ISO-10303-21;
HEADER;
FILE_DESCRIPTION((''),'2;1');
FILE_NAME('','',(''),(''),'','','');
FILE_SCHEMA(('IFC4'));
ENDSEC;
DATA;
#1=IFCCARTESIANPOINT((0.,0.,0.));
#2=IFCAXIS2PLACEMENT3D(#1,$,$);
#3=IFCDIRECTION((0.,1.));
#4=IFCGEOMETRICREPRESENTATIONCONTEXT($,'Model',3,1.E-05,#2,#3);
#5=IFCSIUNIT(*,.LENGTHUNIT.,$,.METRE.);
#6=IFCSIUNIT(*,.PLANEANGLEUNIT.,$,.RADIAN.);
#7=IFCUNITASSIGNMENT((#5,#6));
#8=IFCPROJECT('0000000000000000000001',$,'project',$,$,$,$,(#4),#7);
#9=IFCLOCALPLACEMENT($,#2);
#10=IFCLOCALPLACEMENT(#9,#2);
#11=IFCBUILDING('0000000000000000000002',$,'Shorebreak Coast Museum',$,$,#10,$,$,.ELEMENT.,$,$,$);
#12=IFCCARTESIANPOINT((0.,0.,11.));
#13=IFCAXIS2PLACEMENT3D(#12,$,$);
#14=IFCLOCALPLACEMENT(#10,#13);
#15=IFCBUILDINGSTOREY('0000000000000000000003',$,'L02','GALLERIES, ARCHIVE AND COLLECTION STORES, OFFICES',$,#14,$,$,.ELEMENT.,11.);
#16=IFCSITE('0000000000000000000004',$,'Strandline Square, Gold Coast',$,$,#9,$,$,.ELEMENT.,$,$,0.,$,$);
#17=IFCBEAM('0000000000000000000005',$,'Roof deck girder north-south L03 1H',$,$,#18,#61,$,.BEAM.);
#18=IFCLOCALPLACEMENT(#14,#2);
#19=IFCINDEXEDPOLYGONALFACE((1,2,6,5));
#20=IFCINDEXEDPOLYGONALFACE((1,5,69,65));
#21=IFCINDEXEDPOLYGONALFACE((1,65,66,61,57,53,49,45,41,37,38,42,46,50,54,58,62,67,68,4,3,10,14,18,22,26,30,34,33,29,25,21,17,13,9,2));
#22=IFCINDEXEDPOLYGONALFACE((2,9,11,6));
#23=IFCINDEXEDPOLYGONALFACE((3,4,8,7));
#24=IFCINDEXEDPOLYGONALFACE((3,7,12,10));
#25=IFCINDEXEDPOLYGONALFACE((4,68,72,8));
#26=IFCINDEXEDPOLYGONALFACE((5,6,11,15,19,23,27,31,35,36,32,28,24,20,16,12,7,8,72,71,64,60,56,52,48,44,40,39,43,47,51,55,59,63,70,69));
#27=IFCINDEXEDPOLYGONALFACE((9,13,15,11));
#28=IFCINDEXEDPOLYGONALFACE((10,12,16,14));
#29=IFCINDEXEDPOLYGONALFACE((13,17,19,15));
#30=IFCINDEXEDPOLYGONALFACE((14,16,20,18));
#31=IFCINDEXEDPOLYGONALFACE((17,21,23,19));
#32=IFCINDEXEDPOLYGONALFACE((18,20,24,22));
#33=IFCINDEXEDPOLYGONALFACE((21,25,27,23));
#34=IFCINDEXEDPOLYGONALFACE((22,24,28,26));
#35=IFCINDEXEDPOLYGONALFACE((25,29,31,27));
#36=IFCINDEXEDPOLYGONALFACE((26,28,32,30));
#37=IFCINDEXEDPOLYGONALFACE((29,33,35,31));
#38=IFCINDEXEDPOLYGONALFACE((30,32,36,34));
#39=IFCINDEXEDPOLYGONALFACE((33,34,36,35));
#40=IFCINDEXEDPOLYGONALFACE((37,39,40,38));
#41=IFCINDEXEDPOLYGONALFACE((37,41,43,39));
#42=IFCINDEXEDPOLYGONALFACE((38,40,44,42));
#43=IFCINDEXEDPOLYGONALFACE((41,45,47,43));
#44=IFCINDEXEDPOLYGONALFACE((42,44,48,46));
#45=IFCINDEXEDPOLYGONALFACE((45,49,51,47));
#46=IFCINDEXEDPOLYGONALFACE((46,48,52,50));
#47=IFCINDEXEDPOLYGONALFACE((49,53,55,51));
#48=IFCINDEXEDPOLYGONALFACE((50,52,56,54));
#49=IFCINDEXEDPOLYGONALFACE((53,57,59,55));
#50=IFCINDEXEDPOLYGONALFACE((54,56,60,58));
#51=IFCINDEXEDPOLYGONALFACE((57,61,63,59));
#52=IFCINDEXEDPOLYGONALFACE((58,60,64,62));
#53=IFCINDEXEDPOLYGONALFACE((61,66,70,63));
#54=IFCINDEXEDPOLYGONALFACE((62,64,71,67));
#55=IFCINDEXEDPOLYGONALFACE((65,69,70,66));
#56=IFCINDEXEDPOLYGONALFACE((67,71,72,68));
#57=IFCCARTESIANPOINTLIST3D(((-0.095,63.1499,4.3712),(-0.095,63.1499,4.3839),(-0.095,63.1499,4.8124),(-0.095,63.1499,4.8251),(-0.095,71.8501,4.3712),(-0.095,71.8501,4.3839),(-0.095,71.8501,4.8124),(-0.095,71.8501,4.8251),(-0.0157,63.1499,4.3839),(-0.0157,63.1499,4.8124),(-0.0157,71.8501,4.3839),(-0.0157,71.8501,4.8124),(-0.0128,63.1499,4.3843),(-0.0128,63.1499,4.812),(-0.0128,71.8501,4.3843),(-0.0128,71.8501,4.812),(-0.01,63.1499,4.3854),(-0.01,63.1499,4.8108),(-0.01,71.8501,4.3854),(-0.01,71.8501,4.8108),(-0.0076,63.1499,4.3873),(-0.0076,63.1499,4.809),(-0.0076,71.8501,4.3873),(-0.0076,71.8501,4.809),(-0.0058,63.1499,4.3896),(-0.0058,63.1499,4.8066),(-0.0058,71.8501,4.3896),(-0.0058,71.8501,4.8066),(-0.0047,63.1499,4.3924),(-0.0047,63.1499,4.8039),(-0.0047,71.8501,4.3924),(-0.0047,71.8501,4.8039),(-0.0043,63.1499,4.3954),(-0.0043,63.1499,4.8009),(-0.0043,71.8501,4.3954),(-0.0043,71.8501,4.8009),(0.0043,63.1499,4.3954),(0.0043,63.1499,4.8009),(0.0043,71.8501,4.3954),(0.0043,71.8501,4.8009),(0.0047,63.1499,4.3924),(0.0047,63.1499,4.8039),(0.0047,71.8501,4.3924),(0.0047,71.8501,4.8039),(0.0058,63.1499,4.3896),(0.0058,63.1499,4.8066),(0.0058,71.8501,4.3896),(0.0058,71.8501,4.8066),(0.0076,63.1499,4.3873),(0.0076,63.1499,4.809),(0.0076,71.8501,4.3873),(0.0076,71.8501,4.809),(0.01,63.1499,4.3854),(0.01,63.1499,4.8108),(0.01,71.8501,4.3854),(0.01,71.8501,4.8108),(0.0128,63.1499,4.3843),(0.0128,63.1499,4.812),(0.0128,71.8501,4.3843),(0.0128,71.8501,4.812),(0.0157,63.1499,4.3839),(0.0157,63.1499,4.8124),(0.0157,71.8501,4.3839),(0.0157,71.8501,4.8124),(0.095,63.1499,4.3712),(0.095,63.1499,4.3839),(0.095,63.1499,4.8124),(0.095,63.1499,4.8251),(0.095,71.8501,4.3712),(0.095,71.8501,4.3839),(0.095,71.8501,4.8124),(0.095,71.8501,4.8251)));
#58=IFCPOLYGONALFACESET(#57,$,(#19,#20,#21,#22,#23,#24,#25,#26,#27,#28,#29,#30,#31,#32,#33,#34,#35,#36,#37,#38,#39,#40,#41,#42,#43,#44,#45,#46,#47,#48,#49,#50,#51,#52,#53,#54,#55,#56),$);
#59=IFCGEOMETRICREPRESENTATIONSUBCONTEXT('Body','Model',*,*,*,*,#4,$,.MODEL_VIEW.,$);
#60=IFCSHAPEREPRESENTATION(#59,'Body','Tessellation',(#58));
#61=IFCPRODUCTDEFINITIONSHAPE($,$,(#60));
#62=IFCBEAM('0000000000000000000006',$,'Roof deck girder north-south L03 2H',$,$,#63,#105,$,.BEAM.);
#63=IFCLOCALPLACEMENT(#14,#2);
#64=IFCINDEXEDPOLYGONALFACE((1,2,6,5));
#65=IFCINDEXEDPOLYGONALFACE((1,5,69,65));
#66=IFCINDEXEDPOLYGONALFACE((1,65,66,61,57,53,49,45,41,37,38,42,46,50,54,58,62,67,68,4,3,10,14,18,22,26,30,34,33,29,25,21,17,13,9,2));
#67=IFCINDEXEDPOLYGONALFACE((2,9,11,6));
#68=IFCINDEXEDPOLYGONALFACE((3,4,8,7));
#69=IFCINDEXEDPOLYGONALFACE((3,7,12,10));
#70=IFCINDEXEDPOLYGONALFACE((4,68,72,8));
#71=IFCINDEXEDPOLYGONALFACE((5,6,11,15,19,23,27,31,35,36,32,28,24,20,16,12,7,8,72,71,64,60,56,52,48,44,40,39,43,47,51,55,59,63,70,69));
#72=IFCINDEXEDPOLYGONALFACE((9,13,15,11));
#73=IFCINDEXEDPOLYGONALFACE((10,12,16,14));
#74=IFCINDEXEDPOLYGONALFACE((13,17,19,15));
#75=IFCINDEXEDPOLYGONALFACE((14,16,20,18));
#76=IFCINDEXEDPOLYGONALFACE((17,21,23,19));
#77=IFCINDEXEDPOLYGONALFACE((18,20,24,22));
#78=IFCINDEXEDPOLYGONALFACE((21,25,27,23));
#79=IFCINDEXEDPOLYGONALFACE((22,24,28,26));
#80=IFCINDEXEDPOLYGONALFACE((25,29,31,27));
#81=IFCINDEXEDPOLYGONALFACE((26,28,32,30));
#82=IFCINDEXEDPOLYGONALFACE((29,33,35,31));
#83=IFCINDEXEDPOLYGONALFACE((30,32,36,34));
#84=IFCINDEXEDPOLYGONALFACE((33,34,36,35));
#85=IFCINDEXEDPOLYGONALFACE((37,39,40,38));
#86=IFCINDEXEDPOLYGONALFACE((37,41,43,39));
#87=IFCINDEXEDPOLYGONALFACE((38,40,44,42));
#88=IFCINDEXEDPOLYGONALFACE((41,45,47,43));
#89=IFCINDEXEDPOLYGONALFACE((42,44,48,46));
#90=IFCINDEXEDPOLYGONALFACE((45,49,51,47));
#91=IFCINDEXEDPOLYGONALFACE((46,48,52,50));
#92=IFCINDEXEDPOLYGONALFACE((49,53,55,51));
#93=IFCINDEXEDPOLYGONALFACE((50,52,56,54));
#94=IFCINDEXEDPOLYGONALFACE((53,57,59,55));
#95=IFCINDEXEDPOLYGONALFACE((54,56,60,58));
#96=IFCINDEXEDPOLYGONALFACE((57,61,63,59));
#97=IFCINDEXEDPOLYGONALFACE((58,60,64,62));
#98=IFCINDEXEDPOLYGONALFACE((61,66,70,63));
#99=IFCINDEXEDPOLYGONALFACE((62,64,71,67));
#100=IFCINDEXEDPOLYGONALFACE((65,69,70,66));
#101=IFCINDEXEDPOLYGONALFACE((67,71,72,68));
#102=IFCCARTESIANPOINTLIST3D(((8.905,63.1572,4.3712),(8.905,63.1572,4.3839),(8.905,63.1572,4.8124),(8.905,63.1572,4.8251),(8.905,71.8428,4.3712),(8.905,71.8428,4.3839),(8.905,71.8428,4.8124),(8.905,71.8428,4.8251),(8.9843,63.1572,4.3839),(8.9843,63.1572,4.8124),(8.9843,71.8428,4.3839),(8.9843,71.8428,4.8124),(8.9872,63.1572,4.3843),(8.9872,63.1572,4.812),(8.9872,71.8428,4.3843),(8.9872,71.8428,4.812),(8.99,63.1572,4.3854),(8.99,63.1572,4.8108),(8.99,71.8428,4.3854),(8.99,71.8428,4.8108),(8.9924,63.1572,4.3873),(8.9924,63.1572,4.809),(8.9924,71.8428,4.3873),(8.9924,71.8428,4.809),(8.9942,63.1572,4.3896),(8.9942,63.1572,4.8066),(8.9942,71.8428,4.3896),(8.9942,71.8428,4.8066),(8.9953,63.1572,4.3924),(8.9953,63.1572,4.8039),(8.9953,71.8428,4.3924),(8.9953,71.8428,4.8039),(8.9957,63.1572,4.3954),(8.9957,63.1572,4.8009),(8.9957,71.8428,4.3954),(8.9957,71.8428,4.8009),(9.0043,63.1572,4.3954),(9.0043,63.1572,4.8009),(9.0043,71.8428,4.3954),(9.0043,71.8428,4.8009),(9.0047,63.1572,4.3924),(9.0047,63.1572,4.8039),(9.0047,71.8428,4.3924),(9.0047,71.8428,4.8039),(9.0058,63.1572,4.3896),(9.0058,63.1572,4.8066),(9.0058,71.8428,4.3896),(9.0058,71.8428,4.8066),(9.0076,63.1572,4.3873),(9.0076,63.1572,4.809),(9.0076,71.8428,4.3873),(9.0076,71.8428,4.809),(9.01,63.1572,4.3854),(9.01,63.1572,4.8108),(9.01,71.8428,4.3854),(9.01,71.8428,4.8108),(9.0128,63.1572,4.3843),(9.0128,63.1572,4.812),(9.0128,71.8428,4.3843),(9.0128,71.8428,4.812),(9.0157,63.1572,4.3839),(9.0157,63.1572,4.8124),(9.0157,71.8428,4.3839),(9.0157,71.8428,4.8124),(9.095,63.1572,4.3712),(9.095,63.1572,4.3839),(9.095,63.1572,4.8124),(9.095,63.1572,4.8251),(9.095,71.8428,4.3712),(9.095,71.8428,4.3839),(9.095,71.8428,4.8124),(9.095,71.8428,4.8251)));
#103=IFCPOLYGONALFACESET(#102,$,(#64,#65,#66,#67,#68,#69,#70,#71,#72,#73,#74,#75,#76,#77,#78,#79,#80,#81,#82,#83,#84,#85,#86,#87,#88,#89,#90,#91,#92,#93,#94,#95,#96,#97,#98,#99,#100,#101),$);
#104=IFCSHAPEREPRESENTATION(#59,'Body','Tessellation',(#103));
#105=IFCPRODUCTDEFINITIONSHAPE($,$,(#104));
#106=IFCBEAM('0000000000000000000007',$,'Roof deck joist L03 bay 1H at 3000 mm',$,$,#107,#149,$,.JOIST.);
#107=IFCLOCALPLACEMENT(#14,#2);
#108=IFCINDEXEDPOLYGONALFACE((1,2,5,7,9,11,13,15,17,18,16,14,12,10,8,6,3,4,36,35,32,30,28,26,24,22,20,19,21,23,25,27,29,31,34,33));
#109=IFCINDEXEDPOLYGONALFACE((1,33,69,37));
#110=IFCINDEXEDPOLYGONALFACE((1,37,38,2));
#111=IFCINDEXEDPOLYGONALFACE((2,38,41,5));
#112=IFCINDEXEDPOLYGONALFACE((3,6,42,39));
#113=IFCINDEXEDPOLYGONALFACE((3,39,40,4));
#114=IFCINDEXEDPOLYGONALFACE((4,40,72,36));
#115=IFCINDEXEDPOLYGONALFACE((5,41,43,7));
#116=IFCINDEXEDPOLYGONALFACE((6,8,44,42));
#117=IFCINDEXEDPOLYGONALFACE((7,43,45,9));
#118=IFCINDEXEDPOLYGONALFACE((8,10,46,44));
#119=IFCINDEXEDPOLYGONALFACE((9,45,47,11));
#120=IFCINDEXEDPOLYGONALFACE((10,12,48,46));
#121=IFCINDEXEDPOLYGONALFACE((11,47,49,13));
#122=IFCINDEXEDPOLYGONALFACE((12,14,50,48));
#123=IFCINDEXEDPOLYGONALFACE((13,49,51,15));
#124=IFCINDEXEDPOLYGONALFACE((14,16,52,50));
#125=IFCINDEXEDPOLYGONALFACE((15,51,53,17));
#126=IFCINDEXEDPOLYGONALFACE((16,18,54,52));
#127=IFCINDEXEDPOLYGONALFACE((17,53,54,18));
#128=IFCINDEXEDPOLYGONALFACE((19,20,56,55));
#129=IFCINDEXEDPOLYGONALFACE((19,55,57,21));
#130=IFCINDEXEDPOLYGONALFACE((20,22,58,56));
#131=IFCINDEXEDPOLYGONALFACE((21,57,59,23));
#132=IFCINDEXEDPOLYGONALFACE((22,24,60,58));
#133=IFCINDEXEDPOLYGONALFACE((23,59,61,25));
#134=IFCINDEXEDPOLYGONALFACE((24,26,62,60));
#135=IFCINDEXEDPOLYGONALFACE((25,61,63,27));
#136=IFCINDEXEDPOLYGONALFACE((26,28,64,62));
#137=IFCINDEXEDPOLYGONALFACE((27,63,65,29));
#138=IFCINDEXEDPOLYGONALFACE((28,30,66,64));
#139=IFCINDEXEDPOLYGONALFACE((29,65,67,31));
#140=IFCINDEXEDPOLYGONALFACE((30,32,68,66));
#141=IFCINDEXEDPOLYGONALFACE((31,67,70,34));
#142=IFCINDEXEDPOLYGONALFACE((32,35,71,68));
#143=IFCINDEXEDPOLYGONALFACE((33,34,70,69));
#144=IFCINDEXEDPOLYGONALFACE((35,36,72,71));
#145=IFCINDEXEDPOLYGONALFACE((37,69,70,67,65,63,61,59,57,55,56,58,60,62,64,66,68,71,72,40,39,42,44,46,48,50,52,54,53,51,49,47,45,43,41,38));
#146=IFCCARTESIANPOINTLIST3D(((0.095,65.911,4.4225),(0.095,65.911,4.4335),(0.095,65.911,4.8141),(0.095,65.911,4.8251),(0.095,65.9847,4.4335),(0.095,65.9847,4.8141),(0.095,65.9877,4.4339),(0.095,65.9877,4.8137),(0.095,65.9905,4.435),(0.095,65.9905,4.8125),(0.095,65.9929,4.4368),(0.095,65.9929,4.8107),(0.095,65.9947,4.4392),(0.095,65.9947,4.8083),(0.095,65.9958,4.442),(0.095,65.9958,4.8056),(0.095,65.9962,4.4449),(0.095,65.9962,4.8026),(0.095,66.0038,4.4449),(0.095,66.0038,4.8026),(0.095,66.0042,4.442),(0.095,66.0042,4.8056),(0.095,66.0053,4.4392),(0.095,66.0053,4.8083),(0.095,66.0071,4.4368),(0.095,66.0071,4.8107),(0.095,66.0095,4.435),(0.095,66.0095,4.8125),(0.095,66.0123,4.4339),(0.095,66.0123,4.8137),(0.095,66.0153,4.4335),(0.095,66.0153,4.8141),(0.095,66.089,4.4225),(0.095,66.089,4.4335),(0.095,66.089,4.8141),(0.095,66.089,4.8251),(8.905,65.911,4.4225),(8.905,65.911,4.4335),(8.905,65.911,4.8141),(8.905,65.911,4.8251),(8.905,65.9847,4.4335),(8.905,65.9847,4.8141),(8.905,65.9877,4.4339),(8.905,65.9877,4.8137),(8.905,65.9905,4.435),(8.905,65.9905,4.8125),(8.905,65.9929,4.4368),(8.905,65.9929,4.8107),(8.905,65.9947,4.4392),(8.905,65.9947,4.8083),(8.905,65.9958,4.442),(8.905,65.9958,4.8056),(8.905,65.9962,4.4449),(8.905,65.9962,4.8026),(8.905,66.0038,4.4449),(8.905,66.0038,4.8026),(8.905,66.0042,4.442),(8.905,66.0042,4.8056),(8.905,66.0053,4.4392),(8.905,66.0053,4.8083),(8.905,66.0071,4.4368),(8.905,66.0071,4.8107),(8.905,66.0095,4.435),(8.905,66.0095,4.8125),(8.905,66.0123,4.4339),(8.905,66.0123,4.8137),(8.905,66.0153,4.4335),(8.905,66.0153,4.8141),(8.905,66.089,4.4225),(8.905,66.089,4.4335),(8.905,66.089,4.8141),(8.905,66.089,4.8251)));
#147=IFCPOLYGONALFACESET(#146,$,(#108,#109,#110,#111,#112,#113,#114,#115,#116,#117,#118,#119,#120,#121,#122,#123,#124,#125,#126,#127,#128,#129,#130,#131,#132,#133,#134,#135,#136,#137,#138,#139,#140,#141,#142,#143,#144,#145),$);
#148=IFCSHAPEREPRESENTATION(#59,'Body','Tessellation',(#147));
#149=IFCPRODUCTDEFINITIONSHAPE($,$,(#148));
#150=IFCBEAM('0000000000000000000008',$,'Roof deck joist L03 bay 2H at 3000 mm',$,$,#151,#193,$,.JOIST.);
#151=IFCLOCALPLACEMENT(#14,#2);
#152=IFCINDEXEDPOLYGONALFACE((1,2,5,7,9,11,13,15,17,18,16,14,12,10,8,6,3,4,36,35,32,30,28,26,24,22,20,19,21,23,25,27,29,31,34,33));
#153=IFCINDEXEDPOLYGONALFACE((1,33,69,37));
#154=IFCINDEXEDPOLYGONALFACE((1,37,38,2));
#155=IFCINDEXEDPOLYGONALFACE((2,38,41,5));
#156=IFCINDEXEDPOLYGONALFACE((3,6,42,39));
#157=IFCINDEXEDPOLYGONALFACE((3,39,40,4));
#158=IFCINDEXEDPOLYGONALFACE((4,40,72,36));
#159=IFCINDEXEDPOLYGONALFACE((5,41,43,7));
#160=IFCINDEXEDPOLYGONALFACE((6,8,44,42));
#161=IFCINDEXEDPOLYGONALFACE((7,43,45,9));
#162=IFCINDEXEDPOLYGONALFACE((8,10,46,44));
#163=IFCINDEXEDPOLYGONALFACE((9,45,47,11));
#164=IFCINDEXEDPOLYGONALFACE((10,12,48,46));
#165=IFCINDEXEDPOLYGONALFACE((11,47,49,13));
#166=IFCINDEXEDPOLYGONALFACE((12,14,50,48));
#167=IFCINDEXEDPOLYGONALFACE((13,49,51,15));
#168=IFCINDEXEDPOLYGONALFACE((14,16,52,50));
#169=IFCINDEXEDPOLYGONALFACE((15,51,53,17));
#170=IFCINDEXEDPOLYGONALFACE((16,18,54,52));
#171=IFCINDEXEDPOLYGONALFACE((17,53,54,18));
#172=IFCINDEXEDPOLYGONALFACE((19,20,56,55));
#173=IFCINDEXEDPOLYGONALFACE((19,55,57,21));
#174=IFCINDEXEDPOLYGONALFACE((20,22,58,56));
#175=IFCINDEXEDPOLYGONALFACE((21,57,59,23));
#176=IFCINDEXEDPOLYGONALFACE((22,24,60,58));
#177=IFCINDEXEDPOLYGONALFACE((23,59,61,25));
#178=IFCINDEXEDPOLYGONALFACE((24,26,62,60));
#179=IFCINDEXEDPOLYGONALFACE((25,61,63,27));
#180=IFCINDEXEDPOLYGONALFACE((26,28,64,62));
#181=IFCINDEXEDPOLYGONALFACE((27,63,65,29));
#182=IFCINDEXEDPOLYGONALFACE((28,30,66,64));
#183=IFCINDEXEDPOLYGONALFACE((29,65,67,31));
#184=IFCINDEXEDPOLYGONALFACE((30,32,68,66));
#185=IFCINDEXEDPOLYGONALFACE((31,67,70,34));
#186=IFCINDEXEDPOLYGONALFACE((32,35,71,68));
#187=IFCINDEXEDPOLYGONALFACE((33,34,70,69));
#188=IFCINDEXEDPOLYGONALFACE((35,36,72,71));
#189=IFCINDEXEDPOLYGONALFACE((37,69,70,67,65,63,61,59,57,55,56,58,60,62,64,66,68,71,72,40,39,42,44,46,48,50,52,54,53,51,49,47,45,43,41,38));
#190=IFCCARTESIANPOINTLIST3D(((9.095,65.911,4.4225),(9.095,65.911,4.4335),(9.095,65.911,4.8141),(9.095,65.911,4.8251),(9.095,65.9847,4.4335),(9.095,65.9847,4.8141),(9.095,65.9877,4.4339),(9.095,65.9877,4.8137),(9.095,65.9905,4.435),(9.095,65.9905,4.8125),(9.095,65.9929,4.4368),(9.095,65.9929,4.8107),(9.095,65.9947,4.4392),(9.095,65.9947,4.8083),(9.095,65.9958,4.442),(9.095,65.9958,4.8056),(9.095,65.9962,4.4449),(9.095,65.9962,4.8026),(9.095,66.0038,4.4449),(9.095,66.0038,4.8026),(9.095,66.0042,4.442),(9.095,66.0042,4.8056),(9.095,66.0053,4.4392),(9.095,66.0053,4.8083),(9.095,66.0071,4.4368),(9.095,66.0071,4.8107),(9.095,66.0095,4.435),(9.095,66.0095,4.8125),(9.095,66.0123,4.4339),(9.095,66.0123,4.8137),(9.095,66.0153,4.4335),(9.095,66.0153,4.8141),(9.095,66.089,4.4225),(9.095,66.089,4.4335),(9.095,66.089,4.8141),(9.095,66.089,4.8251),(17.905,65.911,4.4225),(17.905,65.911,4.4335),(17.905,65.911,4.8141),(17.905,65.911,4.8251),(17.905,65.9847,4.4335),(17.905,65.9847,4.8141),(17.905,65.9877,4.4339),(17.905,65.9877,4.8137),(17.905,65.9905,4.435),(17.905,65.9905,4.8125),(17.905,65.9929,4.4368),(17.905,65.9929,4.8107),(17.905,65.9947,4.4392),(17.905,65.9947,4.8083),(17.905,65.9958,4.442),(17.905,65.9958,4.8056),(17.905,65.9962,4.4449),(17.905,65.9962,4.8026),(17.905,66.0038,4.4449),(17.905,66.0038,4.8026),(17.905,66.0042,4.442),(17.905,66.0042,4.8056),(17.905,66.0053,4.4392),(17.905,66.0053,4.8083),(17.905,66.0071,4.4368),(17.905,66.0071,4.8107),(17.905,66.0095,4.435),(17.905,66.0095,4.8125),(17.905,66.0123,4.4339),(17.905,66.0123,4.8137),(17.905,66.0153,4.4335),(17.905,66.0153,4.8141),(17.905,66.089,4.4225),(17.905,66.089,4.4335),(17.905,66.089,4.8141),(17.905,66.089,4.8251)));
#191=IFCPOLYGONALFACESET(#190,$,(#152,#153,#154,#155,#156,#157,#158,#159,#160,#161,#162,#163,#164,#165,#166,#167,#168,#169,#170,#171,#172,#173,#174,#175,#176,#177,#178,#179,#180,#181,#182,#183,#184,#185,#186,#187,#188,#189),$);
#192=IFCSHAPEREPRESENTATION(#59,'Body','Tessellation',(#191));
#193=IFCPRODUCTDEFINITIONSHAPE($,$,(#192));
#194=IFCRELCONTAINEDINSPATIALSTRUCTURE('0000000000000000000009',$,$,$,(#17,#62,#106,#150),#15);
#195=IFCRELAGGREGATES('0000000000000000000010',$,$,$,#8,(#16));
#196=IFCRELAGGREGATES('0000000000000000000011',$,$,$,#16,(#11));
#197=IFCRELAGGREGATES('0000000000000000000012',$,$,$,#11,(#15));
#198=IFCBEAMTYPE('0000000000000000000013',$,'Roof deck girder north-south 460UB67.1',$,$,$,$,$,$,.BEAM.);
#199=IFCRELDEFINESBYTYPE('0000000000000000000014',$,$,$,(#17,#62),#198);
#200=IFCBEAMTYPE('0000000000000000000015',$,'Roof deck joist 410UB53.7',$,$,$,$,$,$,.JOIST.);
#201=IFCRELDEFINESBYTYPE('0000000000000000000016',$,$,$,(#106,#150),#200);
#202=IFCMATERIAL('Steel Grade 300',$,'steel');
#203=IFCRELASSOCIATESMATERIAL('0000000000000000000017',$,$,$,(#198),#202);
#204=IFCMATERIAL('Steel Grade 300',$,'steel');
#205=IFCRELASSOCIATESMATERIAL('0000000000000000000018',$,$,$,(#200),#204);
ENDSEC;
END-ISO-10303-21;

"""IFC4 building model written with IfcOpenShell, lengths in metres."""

from ifc_helpers import new_model, si_unit, direction, frame, origin, origin_2d, place, context, subcontext, project, spatial, i_section, extrude, material, material_profile, profile_set, type_object, element, save


model = new_model("IFC4")

# Units and contexts
model_context = context("Model", 3, precision=1e-05, world=origin(), true_north=direction((0.0, 1.0)))
body_context = subcontext(model_context, "Body", "Model", "MODEL_VIEW")
ifc_project = project(units=[si_unit("LENGTHUNIT", "METRE"), si_unit("PLANEANGLEUNIT", "RADIAN")], contexts=[model_context])

# Site, building, storey
site_placement = place(None, origin())
site = spatial("IfcSite", under=ifc_project, at=site_placement, Name="Strandline Square, Gold Coast", CompositionType="ELEMENT", RefElevation=0.0)
building_placement = place(site_placement, origin())
building = spatial("IfcBuilding", under=site, at=building_placement, Name="Shorebreak Coast Museum", CompositionType="ELEMENT")
storey_placement = place(building_placement, frame((0.0, 0.0, 11.0)))
storey = spatial("IfcBuildingStorey", under=building, at=storey_placement, Name="L02", Description="GALLERIES, ARCHIVE AND COLLECTION STORES, OFFICES", CompositionType="ELEMENT", Elevation=11.0)

# Beams
ifc_material_1 = material(Name="Steel Grade 300", Category="steel")
ifc_material_profile_1 = material_profile(ifc_material_1, i_section(OverallWidth=0.1899, OverallDepth=0.4539, WebThickness=0.0085, FlangeThickness=0.0127, FilletRadius=0.0115, at=origin_2d()), Name="460UB67.1")
ifc_profile_set_1 = profile_set([ifc_material_profile_1], Name="Steel Grade 300")
beam_type_1 = type_object("IfcBeamType", Name="Roof deck girder north-south 460UB67.1", PredefinedType="BEAM", material=ifc_profile_set_1)
beam_1_placement = place(storey_placement, frame((0.0, 63.1499, 4.5981), z_axis=(0.0, 1.0, 0.0), x_axis=(-1.0, 0.0, 0.0)))
element("IfcBeam", 1, at=beam_1_placement, inside=storey, type_object=beam_type_1, Name="Roof deck girder north-south L03 1H", PredefinedType="BEAM", context=body_context, shape_type="SweptSolid", body=[
    extrude(i_section(OverallWidth=0.1899, OverallDepth=0.4539, WebThickness=0.0085, FlangeThickness=0.0127, FilletRadius=0.0115, at=origin_2d()), origin(), (0.0, 0.0, 1.0), 8.7002),
])
beam_2_placement = place(storey_placement, frame((9.0, 63.1572, 4.5981), z_axis=(0.0, 1.0, 0.0), x_axis=(-1.0, 0.0, 0.0)))
element("IfcBeam", 2, at=beam_2_placement, inside=storey, type_object=beam_type_1, Name="Roof deck girder north-south L03 2H", PredefinedType="BEAM", context=body_context, shape_type="SweptSolid", body=[
    extrude(i_section(OverallWidth=0.1899, OverallDepth=0.4539, WebThickness=0.0085, FlangeThickness=0.0127, FilletRadius=0.0115, at=origin_2d()), origin(), (0.0, 0.0, 1.0), 8.6855),
])
ifc_material_2 = material(Name="Steel Grade 300", Category="steel")
ifc_material_profile_2 = material_profile(ifc_material_2, i_section(OverallWidth=0.178, OverallDepth=0.4026, WebThickness=0.0076, FlangeThickness=0.011, FilletRadius=0.0115, at=origin_2d()), Name="410UB53.7")
ifc_profile_set_2 = profile_set([ifc_material_profile_2], Name="Steel Grade 300")
beam_type_2 = type_object("IfcBeamType", Name="Roof deck joist 410UB53.7", PredefinedType="JOIST", material=ifc_profile_set_2)
for number, where, z_axis, x_axis, name in (
    (3, (0.095, 66.0, 4.6238), (1.0, 0.0, 0.0), (0.0, 1.0, 0.0), "Roof deck joist L03 bay 1H at 3000 mm"),
    (4, (9.095, 66.0, 4.6238), (1.0, 0.0, 0.0), (0.0, 1.0, 0.0), "Roof deck joist L03 bay 2H at 3000 mm"),
):
    element("IfcBeam", number, at=place(storey_placement, frame(where, z_axis=z_axis, x_axis=x_axis)), inside=storey, type_object=beam_type_2, Name=name, PredefinedType="JOIST", context=body_context, shape_type="SweptSolid", body=[
        extrude(i_section(OverallWidth=0.178, OverallDepth=0.4026, WebThickness=0.0076, FlangeThickness=0.011, FilletRadius=0.0115, at=origin_2d()), origin(), (0.0, 0.0, 1.0), 8.8101),
    ])

save(model, "model.ifc")
